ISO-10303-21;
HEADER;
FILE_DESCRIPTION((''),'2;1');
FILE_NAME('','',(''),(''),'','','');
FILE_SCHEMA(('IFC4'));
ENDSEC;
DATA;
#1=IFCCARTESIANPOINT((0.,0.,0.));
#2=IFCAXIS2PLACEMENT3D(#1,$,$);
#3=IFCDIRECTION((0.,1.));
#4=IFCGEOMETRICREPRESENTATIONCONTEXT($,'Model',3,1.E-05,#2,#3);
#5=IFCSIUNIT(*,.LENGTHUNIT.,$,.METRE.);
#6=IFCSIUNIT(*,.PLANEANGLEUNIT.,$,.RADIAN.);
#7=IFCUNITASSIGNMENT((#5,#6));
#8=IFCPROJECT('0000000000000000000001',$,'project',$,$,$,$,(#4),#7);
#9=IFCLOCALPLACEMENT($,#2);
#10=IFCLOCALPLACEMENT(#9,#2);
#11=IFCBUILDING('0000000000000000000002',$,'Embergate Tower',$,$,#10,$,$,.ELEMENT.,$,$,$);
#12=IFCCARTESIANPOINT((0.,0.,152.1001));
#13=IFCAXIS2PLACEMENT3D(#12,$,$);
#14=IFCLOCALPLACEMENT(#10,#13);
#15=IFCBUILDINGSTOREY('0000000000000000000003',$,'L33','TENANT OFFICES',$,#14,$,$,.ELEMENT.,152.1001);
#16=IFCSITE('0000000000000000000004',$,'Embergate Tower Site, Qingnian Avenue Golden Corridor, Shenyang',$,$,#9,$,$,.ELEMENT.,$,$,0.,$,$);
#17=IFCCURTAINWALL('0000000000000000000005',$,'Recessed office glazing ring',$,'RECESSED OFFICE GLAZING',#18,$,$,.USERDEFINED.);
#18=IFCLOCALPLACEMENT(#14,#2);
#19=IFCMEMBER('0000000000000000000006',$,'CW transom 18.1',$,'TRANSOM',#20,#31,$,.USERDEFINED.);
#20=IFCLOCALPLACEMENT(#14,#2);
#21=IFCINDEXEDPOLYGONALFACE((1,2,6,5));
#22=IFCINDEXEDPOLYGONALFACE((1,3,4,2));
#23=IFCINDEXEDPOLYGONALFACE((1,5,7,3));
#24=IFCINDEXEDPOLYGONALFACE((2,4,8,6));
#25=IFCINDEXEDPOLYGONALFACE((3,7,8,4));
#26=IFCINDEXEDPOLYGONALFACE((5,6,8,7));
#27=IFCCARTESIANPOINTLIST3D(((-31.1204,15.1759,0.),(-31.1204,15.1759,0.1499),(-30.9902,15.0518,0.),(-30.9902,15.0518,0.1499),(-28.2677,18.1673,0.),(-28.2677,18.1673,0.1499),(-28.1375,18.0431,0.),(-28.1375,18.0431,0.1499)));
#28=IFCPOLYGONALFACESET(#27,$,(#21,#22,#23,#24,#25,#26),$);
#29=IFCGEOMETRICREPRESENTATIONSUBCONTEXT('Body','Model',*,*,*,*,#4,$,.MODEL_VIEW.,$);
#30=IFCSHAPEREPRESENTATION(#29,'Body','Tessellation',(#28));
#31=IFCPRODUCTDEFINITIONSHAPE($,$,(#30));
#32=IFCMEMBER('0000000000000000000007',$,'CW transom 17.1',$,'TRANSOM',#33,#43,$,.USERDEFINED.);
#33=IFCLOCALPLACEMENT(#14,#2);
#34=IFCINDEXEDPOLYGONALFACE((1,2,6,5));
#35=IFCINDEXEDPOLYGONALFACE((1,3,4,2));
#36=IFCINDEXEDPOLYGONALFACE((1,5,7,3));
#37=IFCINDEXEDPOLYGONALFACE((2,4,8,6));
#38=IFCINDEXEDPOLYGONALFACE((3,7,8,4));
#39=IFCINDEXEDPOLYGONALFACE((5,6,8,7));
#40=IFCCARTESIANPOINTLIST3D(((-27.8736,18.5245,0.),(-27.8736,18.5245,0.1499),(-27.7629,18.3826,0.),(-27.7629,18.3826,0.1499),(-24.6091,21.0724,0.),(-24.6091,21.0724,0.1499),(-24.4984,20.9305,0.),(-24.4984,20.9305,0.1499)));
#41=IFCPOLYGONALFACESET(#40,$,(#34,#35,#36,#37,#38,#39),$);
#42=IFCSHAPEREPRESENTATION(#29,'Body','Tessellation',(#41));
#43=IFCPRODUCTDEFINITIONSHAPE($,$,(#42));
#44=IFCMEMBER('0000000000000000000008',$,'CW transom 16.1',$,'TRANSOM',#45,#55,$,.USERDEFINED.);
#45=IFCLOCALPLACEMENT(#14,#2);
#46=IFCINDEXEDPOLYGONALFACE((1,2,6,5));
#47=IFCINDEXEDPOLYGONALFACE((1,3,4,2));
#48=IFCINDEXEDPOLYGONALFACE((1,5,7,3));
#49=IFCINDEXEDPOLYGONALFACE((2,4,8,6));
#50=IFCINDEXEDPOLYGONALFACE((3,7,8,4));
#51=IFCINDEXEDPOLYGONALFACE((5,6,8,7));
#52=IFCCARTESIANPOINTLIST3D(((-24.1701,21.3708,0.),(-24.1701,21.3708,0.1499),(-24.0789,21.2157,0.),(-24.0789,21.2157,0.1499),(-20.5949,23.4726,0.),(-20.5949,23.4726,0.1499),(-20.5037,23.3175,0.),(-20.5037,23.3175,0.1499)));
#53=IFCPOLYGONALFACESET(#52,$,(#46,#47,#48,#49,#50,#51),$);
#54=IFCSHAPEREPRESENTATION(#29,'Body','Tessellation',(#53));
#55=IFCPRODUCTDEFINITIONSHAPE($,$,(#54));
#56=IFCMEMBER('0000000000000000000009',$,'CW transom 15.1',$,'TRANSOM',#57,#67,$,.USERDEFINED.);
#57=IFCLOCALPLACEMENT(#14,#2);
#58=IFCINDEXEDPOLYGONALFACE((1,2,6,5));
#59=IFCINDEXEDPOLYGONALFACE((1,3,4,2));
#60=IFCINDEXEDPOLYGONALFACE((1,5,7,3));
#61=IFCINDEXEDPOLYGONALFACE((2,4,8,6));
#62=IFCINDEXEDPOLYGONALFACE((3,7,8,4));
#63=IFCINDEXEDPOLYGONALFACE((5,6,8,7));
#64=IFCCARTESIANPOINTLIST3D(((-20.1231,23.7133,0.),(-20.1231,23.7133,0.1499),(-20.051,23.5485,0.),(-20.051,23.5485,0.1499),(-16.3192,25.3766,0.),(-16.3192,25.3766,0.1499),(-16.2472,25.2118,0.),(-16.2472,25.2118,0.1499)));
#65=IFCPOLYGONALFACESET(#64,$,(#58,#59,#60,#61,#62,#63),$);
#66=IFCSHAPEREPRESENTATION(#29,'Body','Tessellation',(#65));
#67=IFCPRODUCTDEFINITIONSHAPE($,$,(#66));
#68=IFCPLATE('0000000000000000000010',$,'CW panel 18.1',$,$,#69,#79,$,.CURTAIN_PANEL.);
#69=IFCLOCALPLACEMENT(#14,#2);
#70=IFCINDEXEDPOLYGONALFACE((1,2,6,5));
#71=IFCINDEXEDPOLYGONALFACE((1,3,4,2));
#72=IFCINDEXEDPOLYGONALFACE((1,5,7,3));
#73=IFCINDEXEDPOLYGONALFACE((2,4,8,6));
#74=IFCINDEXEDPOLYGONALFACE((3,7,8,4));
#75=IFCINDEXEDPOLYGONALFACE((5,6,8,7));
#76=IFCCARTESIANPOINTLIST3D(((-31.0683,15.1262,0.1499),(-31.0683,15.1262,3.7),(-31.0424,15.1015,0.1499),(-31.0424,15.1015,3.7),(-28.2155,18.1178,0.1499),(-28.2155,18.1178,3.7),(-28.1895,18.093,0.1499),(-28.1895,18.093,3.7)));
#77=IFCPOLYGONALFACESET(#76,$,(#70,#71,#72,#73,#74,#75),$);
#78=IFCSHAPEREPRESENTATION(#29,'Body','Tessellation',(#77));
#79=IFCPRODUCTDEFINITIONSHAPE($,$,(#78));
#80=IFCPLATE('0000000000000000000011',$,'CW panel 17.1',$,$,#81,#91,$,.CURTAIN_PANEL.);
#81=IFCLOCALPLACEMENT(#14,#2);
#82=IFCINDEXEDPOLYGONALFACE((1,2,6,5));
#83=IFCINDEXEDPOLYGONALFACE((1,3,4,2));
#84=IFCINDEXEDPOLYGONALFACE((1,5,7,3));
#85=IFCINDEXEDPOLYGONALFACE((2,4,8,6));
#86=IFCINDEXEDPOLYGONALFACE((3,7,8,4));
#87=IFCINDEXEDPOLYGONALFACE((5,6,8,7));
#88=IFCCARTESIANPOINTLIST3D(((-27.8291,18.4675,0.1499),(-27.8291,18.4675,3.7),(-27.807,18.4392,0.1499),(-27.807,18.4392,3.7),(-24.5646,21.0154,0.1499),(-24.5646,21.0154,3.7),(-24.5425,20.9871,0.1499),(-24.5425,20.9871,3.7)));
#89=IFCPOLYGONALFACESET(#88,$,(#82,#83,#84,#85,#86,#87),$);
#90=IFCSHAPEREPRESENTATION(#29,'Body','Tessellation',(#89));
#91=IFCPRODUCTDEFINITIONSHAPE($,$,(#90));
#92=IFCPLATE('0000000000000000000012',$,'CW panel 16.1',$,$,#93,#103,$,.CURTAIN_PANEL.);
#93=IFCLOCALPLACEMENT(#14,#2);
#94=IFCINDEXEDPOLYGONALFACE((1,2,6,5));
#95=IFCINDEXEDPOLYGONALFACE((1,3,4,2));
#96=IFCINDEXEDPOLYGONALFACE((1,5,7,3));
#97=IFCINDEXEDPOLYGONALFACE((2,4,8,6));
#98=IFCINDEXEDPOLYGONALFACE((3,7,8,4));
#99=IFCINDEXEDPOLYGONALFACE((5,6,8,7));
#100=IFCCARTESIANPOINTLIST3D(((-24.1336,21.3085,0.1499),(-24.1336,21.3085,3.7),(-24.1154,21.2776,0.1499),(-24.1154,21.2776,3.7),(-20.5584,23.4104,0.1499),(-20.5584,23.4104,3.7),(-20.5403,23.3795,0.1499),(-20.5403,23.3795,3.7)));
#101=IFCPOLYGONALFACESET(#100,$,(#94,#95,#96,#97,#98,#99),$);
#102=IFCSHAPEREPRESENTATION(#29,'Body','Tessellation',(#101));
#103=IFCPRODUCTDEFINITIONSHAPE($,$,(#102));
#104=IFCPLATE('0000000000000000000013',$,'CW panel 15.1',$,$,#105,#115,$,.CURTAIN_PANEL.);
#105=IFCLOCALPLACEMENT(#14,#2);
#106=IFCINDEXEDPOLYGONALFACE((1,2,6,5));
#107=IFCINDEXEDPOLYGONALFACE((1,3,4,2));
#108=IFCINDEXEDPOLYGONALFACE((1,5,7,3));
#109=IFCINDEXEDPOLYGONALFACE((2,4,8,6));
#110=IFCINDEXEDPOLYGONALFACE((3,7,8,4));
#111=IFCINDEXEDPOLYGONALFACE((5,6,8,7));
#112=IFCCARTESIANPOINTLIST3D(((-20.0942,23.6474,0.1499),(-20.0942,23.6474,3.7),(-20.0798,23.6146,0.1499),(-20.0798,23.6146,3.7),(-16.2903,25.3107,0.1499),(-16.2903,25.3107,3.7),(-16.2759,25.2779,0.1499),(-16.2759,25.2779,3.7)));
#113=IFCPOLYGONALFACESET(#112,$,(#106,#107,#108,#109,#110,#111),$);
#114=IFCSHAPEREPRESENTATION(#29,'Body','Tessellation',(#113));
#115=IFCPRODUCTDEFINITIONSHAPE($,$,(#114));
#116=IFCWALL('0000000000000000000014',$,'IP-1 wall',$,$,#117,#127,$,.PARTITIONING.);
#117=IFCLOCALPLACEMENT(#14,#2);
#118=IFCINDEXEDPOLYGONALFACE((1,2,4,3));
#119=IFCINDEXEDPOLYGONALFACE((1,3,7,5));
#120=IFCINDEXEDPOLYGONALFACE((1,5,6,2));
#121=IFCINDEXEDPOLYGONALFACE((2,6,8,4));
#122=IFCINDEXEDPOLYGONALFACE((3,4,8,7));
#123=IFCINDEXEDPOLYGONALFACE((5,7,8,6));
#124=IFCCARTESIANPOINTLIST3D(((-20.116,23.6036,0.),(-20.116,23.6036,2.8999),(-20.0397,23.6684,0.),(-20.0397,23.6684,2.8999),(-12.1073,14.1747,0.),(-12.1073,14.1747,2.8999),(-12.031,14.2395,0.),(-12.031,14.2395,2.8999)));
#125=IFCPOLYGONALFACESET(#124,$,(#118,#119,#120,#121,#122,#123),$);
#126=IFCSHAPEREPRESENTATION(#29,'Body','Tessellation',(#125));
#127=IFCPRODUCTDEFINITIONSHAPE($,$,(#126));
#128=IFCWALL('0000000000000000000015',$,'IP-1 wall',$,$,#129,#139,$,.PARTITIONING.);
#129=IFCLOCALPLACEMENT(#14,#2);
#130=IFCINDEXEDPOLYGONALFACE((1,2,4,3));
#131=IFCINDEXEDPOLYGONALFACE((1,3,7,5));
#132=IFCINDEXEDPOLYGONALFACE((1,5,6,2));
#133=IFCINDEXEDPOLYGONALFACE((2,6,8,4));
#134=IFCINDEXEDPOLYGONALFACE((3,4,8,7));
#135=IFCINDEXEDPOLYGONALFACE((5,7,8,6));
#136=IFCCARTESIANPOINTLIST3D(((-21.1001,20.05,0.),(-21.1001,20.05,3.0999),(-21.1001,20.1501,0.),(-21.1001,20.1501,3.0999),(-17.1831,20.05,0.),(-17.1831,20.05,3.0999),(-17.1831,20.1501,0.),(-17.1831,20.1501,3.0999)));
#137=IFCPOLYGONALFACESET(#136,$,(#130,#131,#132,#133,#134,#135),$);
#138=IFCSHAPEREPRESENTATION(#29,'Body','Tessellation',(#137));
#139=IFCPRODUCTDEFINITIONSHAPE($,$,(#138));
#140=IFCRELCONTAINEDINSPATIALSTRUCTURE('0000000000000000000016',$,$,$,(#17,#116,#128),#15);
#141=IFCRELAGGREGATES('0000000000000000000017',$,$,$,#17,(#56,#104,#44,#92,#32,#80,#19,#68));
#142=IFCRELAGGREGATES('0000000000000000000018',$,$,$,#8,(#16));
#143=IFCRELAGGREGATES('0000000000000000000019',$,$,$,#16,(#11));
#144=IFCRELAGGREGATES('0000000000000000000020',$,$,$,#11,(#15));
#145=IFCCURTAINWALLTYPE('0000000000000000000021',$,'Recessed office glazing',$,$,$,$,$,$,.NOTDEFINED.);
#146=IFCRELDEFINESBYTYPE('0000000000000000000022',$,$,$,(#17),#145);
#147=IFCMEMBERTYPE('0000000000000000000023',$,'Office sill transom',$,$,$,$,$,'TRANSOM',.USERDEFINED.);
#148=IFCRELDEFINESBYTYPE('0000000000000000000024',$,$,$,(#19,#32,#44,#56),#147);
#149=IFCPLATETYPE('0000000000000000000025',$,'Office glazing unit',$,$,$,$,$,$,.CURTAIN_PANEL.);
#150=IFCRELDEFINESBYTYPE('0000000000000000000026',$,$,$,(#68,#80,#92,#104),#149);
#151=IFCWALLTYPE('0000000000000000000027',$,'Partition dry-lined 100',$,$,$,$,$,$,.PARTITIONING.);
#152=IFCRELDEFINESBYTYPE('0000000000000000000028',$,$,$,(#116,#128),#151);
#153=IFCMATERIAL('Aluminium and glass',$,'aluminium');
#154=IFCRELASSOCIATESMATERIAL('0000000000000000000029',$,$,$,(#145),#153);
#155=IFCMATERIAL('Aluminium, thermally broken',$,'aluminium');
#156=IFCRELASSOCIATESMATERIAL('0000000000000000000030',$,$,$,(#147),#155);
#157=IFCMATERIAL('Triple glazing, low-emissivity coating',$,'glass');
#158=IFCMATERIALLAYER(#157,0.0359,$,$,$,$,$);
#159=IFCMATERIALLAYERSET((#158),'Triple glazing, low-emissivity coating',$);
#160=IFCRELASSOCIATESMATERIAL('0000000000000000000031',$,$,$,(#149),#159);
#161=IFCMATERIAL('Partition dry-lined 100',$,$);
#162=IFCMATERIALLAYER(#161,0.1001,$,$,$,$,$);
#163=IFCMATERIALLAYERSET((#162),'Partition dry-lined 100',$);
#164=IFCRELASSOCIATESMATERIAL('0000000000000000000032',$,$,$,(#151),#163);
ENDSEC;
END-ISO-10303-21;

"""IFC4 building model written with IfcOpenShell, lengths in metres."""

from ifc_helpers import new_model, si_unit, direction, frame, frame_2d, origin, origin_2d, place, context, subcontext, project, spatial, rectangle, extrude, source, transform, mapped, material, layer, layer_set, material_profile, profile_set, type_object, element, aggregate, save


model = new_model("IFC4")

# Units and contexts
model_context = context("Model", 3, precision=1e-05, world=origin(), true_north=direction((0.0, 1.0)))
body_context = subcontext(model_context, "Body", "Model", "MODEL_VIEW")
ifc_project = project(units=[si_unit("LENGTHUNIT", "METRE"), si_unit("PLANEANGLEUNIT", "RADIAN")], contexts=[model_context])

# Site, building, storey
site_placement = place(None, origin())
site = spatial("IfcSite", under=ifc_project, at=site_placement, Name="Embergate Tower Site, Qingnian Avenue Golden Corridor, Shenyang", CompositionType="ELEMENT", RefElevation=0.0)
building_placement = place(site_placement, origin())
building = spatial("IfcBuilding", under=site, at=building_placement, Name="Embergate Tower", CompositionType="ELEMENT")
storey_placement = place(building_placement, frame((0.0, 0.0, 152.1001)))
storey = spatial("IfcBuildingStorey", under=building, at=storey_placement, Name="L33", Description="TENANT OFFICES", CompositionType="ELEMENT", Elevation=152.1001)

# Curtain wall, members, plates
ifc_material_1 = material(Name="Aluminium and glass", Category="aluminium")
curtain_wall_type = type_object("IfcCurtainWallType", Name="Recessed office glazing", PredefinedType="NOTDEFINED", material=ifc_material_1)
curtain_wall_placement = place(storey_placement, origin())
curtain_wall = element("IfcCurtainWall", 1, at=curtain_wall_placement, inside=storey, type_object=curtain_wall_type, Name="Recessed office glazing ring", ObjectType="RECESSED OFFICE GLAZING", PredefinedType="USERDEFINED")
ifc_material_2 = material(Name="Aluminium, thermally broken", Category="aluminium")
ifc_material_profile_1 = material_profile(ifc_material_2, rectangle(XDim=0.1799, YDim=0.1499, at=origin_2d()), Name="AL 150x180")
ifc_profile_set_1 = profile_set([ifc_material_profile_1], Name="Aluminium, thermally broken")
member_type_1 = type_object("IfcMemberType", Name="Office sill transom", ElementType="TRANSOM", PredefinedType="USERDEFINED", material=ifc_profile_set_1)
shared_shape_1 = source(origin(), body_context, "Body", "SweptSolid", [
    extrude(rectangle(XDim=0.1799, YDim=0.1499, at=origin_2d()), origin(), (0.0, 0.0, 1.0), 4.1335),
])
member_1_placement = place(storey_placement, frame((-28.2026, 18.1052, 0.075), z_axis=(-0.690134, -0.723681, 0.0), x_axis=(0.723681, -0.690134, 0.0)))
member_1 = element("IfcMember", 2, at=member_1_placement, type_object=member_type_1, Name="CW transom 18.1", ObjectType="TRANSOM", PredefinedType="USERDEFINED", context=body_context, shape_type="MappedRepresentation", body=[
    mapped(shared_shape_1, transform((0.0, 0.0, 0.0))),
])
shared_shape_2 = source(origin(), body_context, "Body", "SweptSolid", [
    extrude(rectangle(XDim=0.1799, YDim=0.1499, at=origin_2d()), origin(), (0.0, 0.0, 1.0), 4.1411),
])
member_2_placement = place(storey_placement, frame((-24.5537, 21.0015, 0.075), z_axis=(-0.788313, -0.615274, 0.0), x_axis=(0.615274, -0.788313, 0.0)))
member_2 = element("IfcMember", 3, at=member_2_placement, type_object=member_type_1, Name="CW transom 17.1", ObjectType="TRANSOM", PredefinedType="USERDEFINED", context=body_context, shape_type="MappedRepresentation", body=[
    mapped(shared_shape_2, transform((0.0, 0.0, 0.0))),
])
shared_shape_3 = source(origin(), body_context, "Body", "SweptSolid", [
    extrude(rectangle(XDim=0.1799, YDim=0.1499, at=origin_2d()), origin(), (0.0, 0.0, 1.0), 4.1472),
])
member_3_placement = place(storey_placement, frame((-20.5493, 23.395, 0.075), z_axis=(-0.862066, -0.506796, 0.0), x_axis=(0.506796, -0.862066, 0.0)))
member_3 = element("IfcMember", 4, at=member_3_placement, type_object=member_type_1, Name="CW transom 16.1", ObjectType="TRANSOM", PredefinedType="USERDEFINED", context=body_context, shape_type="MappedRepresentation", body=[
    mapped(shared_shape_3, transform((0.0, 0.0, 0.0))),
])
shared_shape_4 = source(origin(), body_context, "Body", "SweptSolid", [
    extrude(rectangle(XDim=0.1799, YDim=0.1499, at=origin_2d()), origin(), (0.0, 0.0, 1.0), 4.1516),
])
member_4_placement = place(storey_placement, frame((-16.2832, 25.2942, 0.075), z_axis=(-0.916237, -0.400637, 0.0), x_axis=(0.400637, -0.916237, 0.0)))
member_4 = element("IfcMember", 5, at=member_4_placement, type_object=member_type_1, Name="CW transom 15.1", ObjectType="TRANSOM", PredefinedType="USERDEFINED", context=body_context, shape_type="MappedRepresentation", body=[
    mapped(shared_shape_4, transform((0.0, 0.0, 0.0))),
])
ifc_material_3 = material(Name="Triple glazing, low-emissivity coating", Category="glass")
ifc_layer_1 = layer(ifc_material_3, 0.0359)
ifc_layer_set_1 = layer_set([ifc_layer_1], Name="Triple glazing, low-emissivity coating")
plate_type = type_object("IfcPlateType", Name="Office glazing unit", PredefinedType="CURTAIN_PANEL", material=ifc_layer_set_1)
shared_shape_5 = source(origin(), body_context, "Body", "SweptSolid", [
    extrude(rectangle(XDim=4.1338, YDim=0.0359, at=origin_2d()), origin(), (0.0, 0.0, 1.0), 3.55),
])
plate_1_placement = place(storey_placement, frame((-29.6289, 16.6096, 0.1499), z_axis=(0.0, 0.0, 1.0), x_axis=(-0.690135, -0.723681, 0.0)))
plate_1 = element("IfcPlate", 6, at=plate_1_placement, type_object=plate_type, Name="CW panel 18.1", PredefinedType="CURTAIN_PANEL", context=body_context, shape_type="MappedRepresentation", body=[
    mapped(shared_shape_5, transform((0.0, 0.0, 0.0))),
])
shared_shape_6 = source(origin(), body_context, "Body", "SweptSolid", [
    extrude(rectangle(XDim=4.1411, YDim=0.0359, at=origin_2d()), origin(), (0.0, 0.0, 1.0), 3.55),
])
plate_2_placement = place(storey_placement, frame((-26.1858, 19.7273, 0.1499), z_axis=(0.0, 0.0, 1.0), x_axis=(-0.78832, -0.615265, 0.0)))
plate_2 = element("IfcPlate", 7, at=plate_2_placement, type_object=plate_type, Name="CW panel 17.1", PredefinedType="CURTAIN_PANEL", context=body_context, shape_type="MappedRepresentation", body=[
    mapped(shared_shape_6, transform((0.0, 0.0, 0.0))),
])
shared_shape_7 = source(origin(), body_context, "Body", "SweptSolid", [
    extrude(rectangle(XDim=4.1472, YDim=0.0359, at=origin_2d()), origin(), (0.0, 0.0, 1.0), 3.55),
])
plate_3_placement = place(storey_placement, frame((-22.3369, 22.344, 0.1499), z_axis=(0.0, 0.0, 1.0), x_axis=(-0.862053, -0.506818, 0.0)))
plate_3 = element("IfcPlate", 8, at=plate_3_placement, type_object=plate_type, Name="CW panel 16.1", PredefinedType="CURTAIN_PANEL", context=body_context, shape_type="MappedRepresentation", body=[
    mapped(shared_shape_7, transform((0.0, 0.0, 0.0))),
])
shared_shape_8 = source(origin(), body_context, "Body", "SweptSolid", [
    extrude(rectangle(XDim=4.1516, YDim=0.0359, at=origin_2d()), origin(), (0.0, 0.0, 1.0), 3.55),
])
plate_4_placement = place(storey_placement, frame((-18.1851, 24.4626, 0.1499), z_axis=(0.0, 0.0, 1.0), x_axis=(-0.916236, -0.400638, 0.0)))
plate_4 = element("IfcPlate", 9, at=plate_4_placement, type_object=plate_type, Name="CW panel 15.1", PredefinedType="CURTAIN_PANEL", context=body_context, shape_type="MappedRepresentation", body=[
    mapped(shared_shape_8, transform((0.0, 0.0, 0.0))),
])
aggregate(curtain_wall, [member_4, plate_4, member_3, plate_3, member_2, plate_2, member_1, plate_1])

# Walls
ifc_material_4 = material(Name="Partition dry-lined 100")
ifc_layer_2 = layer(ifc_material_4, 0.1001)
ifc_layer_set_2 = layer_set([ifc_layer_2], Name="Partition dry-lined 100")
wall_type = type_object("IfcWallType", Name="Partition dry-lined 100", PredefinedType="PARTITIONING", material=ifc_layer_set_2)
shared_shape_9 = source(origin(), body_context, "Body", "SweptSolid", [
    extrude(rectangle(XDim=12.3711, YDim=0.1001, at=frame_2d((6.1855, 0.0))), origin(), (0.0, 0.0, 1.0), 2.8999),
])
wall_1_placement = place(storey_placement, frame((-20.0779, 23.636, 0.0), z_axis=(0.0, 0.0, 1.0), x_axis=(0.647375, -0.762172, 0.0)))
element("IfcWall", 10, at=wall_1_placement, inside=storey, type_object=wall_type, Name="IP-1 wall", PredefinedType="PARTITIONING", context=body_context, shape_type="MappedRepresentation", body=[
    mapped(shared_shape_9, transform((0.0, 0.0, 0.0))),
])
shared_shape_10 = source(origin(), body_context, "Body", "SweptSolid", [
    extrude(rectangle(XDim=3.917, YDim=0.1001, at=frame_2d((1.9585, 0.0))), origin(), (0.0, 0.0, 1.0), 3.0999),
])
wall_2_placement = place(storey_placement, frame((-21.1001, 20.1001, 0.0), z_axis=(0.0, 0.0, 1.0), x_axis=(1.0, 0.0, 0.0)))
element("IfcWall", 11, at=wall_2_placement, inside=storey, type_object=wall_type, Name="IP-1 wall", PredefinedType="PARTITIONING", context=body_context, shape_type="MappedRepresentation", body=[
    mapped(shared_shape_10, transform((0.0, 0.0, 0.0))),
])

save(model, "model.ifc")
